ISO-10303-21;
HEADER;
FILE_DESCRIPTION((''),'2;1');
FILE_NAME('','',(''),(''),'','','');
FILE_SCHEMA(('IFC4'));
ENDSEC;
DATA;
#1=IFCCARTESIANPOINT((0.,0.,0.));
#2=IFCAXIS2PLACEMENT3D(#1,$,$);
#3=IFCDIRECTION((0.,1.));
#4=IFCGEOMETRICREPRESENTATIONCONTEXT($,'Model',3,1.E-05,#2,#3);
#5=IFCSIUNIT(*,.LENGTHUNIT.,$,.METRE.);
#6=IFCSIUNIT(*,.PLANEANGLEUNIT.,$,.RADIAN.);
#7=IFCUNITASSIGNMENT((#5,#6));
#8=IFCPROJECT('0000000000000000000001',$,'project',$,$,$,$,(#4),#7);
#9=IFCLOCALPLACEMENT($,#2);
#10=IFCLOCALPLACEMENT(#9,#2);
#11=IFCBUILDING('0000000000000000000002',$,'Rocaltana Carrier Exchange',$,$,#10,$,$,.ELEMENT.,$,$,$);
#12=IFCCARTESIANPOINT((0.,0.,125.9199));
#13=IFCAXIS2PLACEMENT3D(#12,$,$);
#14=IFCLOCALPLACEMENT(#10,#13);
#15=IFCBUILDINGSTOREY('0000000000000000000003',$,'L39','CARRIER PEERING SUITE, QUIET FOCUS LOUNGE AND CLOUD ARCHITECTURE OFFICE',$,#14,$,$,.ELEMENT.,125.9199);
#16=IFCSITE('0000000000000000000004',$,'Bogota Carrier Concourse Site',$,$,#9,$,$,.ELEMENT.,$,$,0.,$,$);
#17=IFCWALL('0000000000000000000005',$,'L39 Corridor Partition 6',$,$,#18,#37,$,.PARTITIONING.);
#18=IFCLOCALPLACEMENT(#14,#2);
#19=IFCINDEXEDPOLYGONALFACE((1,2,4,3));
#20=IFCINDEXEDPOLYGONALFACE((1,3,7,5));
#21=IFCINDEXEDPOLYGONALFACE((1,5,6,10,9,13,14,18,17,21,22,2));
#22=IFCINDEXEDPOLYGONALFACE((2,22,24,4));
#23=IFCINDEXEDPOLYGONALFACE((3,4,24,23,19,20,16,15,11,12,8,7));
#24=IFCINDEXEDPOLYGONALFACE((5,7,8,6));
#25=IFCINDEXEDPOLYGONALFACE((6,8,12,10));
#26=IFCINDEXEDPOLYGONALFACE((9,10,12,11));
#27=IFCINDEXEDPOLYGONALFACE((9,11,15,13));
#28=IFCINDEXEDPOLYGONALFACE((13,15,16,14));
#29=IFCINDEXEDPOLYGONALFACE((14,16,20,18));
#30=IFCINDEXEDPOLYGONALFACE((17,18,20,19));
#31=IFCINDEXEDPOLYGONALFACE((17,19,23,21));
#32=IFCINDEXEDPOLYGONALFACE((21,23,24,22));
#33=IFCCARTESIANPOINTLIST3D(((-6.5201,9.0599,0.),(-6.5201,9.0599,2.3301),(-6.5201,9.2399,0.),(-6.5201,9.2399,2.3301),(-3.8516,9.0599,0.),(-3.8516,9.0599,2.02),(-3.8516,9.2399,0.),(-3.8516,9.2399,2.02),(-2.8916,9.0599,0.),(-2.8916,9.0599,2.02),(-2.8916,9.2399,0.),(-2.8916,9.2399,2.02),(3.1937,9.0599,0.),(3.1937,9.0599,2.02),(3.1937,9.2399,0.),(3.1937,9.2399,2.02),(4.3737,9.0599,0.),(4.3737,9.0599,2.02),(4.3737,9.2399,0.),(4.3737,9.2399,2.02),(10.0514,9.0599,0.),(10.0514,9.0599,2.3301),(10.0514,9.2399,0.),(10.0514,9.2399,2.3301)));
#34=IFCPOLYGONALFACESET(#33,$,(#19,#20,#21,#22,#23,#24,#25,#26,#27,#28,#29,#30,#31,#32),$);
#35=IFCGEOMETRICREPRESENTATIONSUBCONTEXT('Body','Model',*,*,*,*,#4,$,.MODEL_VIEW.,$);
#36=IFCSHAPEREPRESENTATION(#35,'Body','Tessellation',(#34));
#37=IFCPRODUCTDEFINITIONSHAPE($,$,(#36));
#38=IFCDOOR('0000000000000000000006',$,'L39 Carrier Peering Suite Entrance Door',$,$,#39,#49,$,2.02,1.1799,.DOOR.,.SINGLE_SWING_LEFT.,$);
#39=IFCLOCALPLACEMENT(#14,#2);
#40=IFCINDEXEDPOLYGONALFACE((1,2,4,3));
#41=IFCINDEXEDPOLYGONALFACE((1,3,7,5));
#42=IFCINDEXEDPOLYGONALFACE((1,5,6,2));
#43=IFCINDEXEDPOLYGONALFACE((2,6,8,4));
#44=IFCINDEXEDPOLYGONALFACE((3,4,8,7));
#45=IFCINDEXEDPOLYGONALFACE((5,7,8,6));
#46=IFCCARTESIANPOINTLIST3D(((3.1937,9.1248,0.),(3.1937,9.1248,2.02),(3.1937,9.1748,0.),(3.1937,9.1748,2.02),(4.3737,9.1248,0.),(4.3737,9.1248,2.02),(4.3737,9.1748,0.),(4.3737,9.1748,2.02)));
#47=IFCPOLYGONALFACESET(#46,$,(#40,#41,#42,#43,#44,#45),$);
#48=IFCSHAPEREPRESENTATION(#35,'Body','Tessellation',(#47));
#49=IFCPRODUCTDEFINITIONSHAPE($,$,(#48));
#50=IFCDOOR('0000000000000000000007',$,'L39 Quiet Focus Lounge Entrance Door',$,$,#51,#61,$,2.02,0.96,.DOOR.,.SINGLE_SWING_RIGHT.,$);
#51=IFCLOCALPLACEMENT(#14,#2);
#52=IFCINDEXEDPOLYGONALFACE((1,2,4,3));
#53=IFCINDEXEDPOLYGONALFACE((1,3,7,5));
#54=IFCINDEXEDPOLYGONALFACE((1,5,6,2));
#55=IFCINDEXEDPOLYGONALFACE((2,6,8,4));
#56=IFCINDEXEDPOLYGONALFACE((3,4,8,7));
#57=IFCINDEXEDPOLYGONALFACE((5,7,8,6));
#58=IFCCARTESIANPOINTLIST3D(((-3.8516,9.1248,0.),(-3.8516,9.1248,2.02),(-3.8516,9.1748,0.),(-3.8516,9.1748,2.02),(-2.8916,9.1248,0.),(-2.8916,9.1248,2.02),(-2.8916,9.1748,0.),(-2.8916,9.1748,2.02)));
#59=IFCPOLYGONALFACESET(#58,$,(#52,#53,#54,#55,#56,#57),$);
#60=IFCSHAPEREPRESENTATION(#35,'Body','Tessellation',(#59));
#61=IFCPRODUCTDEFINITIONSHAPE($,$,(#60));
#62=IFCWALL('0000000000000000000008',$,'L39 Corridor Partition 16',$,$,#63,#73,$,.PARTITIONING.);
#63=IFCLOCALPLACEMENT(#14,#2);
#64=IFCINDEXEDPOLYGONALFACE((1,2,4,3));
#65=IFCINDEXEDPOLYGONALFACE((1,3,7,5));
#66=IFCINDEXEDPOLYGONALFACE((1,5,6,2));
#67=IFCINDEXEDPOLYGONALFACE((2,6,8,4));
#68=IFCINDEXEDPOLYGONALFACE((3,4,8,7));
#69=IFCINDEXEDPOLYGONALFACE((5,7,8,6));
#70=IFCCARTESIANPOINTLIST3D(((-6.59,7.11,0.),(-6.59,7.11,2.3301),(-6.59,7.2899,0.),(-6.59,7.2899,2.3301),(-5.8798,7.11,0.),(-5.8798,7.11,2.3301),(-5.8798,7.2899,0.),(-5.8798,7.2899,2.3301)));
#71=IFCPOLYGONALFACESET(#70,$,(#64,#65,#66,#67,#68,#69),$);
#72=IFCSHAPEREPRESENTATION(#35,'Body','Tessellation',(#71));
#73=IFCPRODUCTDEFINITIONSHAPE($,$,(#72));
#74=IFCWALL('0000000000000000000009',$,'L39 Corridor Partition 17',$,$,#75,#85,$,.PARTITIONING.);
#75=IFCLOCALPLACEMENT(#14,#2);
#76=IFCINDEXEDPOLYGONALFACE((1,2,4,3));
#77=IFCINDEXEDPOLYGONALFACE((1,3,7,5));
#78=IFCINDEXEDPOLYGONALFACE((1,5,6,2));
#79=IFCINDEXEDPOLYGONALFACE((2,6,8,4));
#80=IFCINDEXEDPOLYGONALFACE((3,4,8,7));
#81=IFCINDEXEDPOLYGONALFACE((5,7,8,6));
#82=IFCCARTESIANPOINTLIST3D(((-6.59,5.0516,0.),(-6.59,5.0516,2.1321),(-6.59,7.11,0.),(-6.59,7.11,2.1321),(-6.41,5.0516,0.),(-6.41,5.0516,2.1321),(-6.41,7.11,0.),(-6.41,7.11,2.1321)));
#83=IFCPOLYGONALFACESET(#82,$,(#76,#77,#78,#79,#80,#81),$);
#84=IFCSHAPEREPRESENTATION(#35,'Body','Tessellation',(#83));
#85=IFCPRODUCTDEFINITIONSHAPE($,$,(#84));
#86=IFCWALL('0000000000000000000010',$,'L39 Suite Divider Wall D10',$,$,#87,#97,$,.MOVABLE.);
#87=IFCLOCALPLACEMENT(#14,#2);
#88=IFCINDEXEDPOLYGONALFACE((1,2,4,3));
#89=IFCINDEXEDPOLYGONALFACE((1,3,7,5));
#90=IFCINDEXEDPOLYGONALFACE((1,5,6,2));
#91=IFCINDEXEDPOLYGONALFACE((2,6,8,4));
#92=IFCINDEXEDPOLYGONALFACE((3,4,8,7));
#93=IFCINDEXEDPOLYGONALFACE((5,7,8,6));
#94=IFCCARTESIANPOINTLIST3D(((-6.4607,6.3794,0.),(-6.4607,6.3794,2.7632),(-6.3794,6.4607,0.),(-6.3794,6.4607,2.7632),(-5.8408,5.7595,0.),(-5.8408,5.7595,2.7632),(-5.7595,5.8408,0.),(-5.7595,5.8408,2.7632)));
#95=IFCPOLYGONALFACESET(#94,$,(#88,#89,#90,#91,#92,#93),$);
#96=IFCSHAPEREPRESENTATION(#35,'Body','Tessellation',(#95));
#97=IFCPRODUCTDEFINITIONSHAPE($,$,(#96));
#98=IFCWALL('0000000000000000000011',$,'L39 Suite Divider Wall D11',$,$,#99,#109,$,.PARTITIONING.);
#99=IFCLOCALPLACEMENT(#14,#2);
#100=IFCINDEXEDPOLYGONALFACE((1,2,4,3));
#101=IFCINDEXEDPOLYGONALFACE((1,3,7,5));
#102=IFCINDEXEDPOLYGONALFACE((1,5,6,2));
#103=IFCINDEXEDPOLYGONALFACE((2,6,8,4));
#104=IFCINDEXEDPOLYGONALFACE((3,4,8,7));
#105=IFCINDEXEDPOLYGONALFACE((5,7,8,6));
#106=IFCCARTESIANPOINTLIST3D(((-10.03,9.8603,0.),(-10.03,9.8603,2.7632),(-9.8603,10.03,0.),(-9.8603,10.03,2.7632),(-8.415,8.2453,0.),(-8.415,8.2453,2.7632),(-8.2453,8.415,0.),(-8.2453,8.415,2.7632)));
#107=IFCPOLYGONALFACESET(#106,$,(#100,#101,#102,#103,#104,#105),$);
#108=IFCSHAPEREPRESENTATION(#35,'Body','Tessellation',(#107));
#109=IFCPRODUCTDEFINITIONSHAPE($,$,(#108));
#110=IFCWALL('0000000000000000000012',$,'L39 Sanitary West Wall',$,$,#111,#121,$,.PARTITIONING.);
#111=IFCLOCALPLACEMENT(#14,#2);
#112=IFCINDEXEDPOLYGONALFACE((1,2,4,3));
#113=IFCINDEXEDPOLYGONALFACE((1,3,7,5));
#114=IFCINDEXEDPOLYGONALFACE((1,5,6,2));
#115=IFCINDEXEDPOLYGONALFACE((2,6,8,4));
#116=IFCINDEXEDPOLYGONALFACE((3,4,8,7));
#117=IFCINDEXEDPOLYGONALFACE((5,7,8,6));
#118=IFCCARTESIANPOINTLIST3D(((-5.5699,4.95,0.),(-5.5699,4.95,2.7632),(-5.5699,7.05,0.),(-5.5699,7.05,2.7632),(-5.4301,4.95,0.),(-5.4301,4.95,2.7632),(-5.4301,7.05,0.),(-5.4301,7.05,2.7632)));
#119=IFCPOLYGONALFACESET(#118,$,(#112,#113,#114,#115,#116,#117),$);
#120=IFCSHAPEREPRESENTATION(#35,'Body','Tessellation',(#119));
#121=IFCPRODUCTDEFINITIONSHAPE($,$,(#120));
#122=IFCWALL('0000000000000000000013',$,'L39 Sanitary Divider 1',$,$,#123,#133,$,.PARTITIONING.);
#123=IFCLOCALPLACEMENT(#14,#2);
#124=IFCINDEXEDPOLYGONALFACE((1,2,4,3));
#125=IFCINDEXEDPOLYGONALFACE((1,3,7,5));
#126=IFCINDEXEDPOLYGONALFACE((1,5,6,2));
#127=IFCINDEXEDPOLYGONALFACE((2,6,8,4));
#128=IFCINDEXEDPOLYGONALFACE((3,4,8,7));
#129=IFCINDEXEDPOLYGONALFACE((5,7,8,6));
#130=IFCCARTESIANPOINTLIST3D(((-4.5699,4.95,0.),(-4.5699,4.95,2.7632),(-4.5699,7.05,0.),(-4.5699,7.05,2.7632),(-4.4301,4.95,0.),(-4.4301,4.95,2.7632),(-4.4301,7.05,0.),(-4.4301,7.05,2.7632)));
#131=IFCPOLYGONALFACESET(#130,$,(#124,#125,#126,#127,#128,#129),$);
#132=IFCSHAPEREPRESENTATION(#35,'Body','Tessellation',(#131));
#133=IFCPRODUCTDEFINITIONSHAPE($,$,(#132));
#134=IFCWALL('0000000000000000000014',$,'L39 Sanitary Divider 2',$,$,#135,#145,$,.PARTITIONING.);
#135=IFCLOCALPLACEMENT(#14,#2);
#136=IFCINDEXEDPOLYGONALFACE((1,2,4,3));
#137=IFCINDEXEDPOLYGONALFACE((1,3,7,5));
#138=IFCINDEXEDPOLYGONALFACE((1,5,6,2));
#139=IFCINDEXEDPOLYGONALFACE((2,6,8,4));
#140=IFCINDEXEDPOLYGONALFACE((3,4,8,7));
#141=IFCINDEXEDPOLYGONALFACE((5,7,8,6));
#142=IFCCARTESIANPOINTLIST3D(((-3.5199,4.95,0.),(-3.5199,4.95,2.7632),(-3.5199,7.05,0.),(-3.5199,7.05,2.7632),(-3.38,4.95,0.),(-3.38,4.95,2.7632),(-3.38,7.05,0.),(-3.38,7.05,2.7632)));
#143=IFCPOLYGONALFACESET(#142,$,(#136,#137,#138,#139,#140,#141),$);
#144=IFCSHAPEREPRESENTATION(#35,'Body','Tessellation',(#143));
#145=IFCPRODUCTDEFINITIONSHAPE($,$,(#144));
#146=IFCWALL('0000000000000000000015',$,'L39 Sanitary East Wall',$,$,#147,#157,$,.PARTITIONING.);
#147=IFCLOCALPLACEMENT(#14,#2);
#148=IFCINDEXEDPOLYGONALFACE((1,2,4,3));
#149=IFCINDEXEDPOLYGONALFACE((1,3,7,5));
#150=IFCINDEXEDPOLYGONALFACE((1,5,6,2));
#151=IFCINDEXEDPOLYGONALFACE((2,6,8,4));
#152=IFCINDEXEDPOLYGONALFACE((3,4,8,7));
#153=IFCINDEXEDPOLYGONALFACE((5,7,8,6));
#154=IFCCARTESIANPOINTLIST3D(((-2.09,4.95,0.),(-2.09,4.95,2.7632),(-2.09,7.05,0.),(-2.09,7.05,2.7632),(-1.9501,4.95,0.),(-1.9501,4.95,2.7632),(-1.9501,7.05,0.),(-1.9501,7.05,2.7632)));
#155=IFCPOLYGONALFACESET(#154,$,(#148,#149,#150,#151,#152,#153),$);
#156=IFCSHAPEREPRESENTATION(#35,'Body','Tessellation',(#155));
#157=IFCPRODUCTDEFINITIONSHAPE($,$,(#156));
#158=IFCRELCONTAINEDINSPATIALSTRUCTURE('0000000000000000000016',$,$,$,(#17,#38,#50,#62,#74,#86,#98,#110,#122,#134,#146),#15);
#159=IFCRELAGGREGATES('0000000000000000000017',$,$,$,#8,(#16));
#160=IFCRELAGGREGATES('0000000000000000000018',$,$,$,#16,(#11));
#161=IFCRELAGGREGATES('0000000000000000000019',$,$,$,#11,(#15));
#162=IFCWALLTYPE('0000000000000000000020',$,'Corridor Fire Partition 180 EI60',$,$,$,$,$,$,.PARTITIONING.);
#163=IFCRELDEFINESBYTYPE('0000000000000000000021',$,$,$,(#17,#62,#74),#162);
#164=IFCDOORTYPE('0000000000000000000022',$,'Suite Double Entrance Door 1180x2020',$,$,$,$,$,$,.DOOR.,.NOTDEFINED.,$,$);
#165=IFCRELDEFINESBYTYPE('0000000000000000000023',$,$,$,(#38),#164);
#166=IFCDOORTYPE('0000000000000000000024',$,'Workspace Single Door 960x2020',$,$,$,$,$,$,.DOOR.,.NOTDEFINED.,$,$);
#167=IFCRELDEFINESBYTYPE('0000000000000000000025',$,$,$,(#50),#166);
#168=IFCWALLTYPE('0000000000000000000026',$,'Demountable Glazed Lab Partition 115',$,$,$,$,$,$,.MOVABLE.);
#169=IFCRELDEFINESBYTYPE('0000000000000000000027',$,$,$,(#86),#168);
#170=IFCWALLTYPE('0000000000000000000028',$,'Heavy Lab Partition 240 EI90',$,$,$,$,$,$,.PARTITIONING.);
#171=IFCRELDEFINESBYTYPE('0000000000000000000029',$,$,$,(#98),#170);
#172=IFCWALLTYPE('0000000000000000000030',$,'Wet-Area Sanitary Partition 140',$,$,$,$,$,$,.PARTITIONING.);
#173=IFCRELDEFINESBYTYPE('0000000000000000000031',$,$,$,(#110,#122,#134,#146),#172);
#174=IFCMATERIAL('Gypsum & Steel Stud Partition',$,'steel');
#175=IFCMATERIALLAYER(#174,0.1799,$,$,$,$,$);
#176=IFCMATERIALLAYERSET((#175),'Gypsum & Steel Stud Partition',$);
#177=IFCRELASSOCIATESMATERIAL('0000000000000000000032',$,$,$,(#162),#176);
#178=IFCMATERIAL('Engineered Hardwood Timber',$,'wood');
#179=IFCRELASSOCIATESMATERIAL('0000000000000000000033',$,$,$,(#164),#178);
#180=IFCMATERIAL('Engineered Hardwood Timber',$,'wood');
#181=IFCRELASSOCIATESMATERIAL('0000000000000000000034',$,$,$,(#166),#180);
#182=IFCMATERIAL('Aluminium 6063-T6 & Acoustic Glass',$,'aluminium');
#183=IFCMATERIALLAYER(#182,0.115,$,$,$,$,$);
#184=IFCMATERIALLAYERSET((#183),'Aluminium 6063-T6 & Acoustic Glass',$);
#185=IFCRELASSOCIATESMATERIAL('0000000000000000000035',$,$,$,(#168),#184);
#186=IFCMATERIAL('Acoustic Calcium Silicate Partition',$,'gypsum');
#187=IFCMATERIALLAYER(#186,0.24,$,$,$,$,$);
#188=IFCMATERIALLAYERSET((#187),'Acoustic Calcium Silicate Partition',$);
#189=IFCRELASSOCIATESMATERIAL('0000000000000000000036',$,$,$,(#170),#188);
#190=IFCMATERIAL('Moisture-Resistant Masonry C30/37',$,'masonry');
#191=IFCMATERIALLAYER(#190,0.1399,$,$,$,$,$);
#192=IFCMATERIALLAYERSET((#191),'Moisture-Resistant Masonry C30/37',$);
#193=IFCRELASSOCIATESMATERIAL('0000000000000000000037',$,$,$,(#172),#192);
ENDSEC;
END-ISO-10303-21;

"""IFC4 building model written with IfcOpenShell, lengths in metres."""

from ifc_helpers import new_model, si_unit, direction, frame, frame_2d, origin, place, context, subcontext, project, spatial, rectangle, extrude, material, layer, layer_set, type_object, element, fill, save


model = new_model("IFC4")

# Units and contexts
model_context = context("Model", 3, precision=1e-05, world=origin(), true_north=direction((0.0, 1.0)))
body_context = subcontext(model_context, "Body", "Model", "MODEL_VIEW")
ifc_project = project(units=[si_unit("LENGTHUNIT", "METRE"), si_unit("PLANEANGLEUNIT", "RADIAN")], contexts=[model_context])

# Site, building, storey
site_placement = place(None, origin())
site = spatial("IfcSite", under=ifc_project, at=site_placement, Name="Bogota Carrier Concourse Site", CompositionType="ELEMENT", RefElevation=0.0)
building_placement = place(site_placement, origin())
building = spatial("IfcBuilding", under=site, at=building_placement, Name="Rocaltana Carrier Exchange", CompositionType="ELEMENT")
storey_placement = place(building_placement, frame((0.0, 0.0, 125.9199)))
storey = spatial("IfcBuildingStorey", under=building, at=storey_placement, Name="L39", Description="CARRIER PEERING SUITE, QUIET FOCUS LOUNGE AND CLOUD ARCHITECTURE OFFICE", CompositionType="ELEMENT", Elevation=125.9199)

# Shared definitions
ifc_material_1 = material(Name="Gypsum & Steel Stud Partition", Category="steel")
ifc_layer_1 = layer(ifc_material_1, 0.1799)
ifc_layer_set_1 = layer_set([ifc_layer_1], Name="Gypsum & Steel Stud Partition")
wall_type_1 = type_object("IfcWallType", Name="Corridor Fire Partition 180 EI60", PredefinedType="PARTITIONING", material=ifc_layer_set_1)

# Wall, openings, doors
wall_1_placement = place(storey_placement, frame((-6.52, 9.1499, 0.0), z_axis=(0.0, 0.0, 1.0), x_axis=(1.0, 0.0, 0.0)))
wall_1 = element("IfcWall", 1, at=wall_1_placement, inside=storey, type_object=wall_type_1, Name="L39 Corridor Partition 6", PredefinedType="PARTITIONING", context=body_context, shape_type="SweptSolid", body=[
    extrude(rectangle(XDim=16.5715, YDim=0.1799, at=frame_2d((8.2856, 0.0))), origin(), (0.0, 0.0, 1.0), 2.3301),
])
opening_1_placement = place(wall_1_placement, frame((9.7139, 0.0, 0.0)))
opening_1 = element("IfcOpeningElement", 2, at=opening_1_placement, cuts=wall_1, PredefinedType="OPENING", context=body_context, shape_type="SweptSolid", body=[
    extrude(rectangle(XDim=1.1799, YDim=2.02, at=frame_2d((0.5898, 1.01))), frame((0.0, 0.0999, 0.0), z_axis=(0.0, -1.0, 0.0), x_axis=(1.0, 0.0, 0.0)), (0.0, 0.0, 1.0), 0.2),
])
opening_2_placement = place(wall_1_placement, frame((2.6685, 0.0, 0.0)))
opening_2 = element("IfcOpeningElement", 3, at=opening_2_placement, cuts=wall_1, PredefinedType="OPENING", context=body_context, shape_type="SweptSolid", body=[
    extrude(rectangle(XDim=0.96, YDim=2.02, at=frame_2d((0.48, 1.01))), frame((0.0, 0.0999, 0.0), z_axis=(0.0, -1.0, 0.0), x_axis=(1.0, 0.0, 0.0)), (0.0, 0.0, 1.0), 0.2),
])
ifc_material_2 = material(Name="Engineered Hardwood Timber", Category="wood")
door_type_1 = type_object("IfcDoorType", Name="Suite Double Entrance Door 1180x2020", OperationType="NOTDEFINED", PredefinedType="DOOR", material=ifc_material_2)
door_1_placement = place(opening_1_placement, origin())
door_1 = element("IfcDoor", 4, at=door_1_placement, inside=storey, type_object=door_type_1, Name="L39 Carrier Peering Suite Entrance Door", OperationType="SINGLE_SWING_LEFT", OverallHeight=2.02, OverallWidth=1.1799, PredefinedType="DOOR", context=body_context, shape_type="SweptSolid", body=[
    extrude(rectangle(XDim=1.1799, YDim=2.02, at=frame_2d((0.5898, 1.01))), frame((0.0, 0.0249, 0.0), z_axis=(0.0, -1.0, 0.0), x_axis=(1.0, 0.0, 0.0)), (0.0, 0.0, 1.0), 0.05),
])
fill(opening_1, door_1)
ifc_material_3 = material(Name="Engineered Hardwood Timber", Category="wood")
door_type_2 = type_object("IfcDoorType", Name="Workspace Single Door 960x2020", OperationType="NOTDEFINED", PredefinedType="DOOR", material=ifc_material_3)
door_2_placement = place(opening_2_placement, origin())
door_2 = element("IfcDoor", 5, at=door_2_placement, inside=storey, type_object=door_type_2, Name="L39 Quiet Focus Lounge Entrance Door", OperationType="SINGLE_SWING_RIGHT", OverallHeight=2.02, OverallWidth=0.96, PredefinedType="DOOR", context=body_context, shape_type="SweptSolid", body=[
    extrude(rectangle(XDim=0.96, YDim=2.02, at=frame_2d((0.48, 1.01))), frame((0.0, 0.0249, 0.0), z_axis=(0.0, -1.0, 0.0), x_axis=(1.0, 0.0, 0.0)), (0.0, 0.0, 1.0), 0.05),
])
fill(opening_2, door_2)

# Walls
wall_2_placement = place(storey_placement, frame((-5.8799, 7.2, 0.0), z_axis=(0.0, 0.0, 1.0), x_axis=(-1.0, 0.0, 0.0)))
element("IfcWall", 6, at=wall_2_placement, inside=storey, type_object=wall_type_1, Name="L39 Corridor Partition 16", PredefinedType="PARTITIONING", context=body_context, shape_type="SweptSolid", body=[
    extrude(rectangle(XDim=0.7102, YDim=0.1799, at=frame_2d((0.355, 0.0))), origin(), (0.0, 0.0, 1.0), 2.3301),
])
wall_3_placement = place(storey_placement, frame((-6.5, 7.1101, 0.0), z_axis=(0.0, 0.0, 1.0), x_axis=(0.0, -1.0, 0.0)))
element("IfcWall", 7, at=wall_3_placement, inside=storey, type_object=wall_type_1, Name="L39 Corridor Partition 17", PredefinedType="PARTITIONING", context=body_context, shape_type="SweptSolid", body=[
    extrude(rectangle(XDim=2.0583, YDim=0.1799, at=frame_2d((1.0293, 0.0))), origin(), (0.0, 0.0, 1.0), 2.1321),
])
ifc_material_4 = material(Name="Aluminium 6063-T6 & Acoustic Glass", Category="aluminium")
ifc_layer_2 = layer(ifc_material_4, 0.115)
ifc_layer_set_2 = layer_set([ifc_layer_2], Name="Aluminium 6063-T6 & Acoustic Glass")
wall_type_2 = type_object("IfcWallType", Name="Demountable Glazed Lab Partition 115", PredefinedType="MOVABLE", material=ifc_layer_set_2)
wall_4_placement = place(storey_placement, frame((-5.8, 5.8, 0.0), z_axis=(0.0, 0.0, 1.0), x_axis=(-0.707107, 0.707107, 0.0)))
element("IfcWall", 8, at=wall_4_placement, inside=storey, type_object=wall_type_2, Name="L39 Suite Divider Wall D10", PredefinedType="MOVABLE", context=body_context, shape_type="SweptSolid", body=[
    extrude(rectangle(XDim=0.8767, YDim=0.115, at=frame_2d((0.4385, 0.0))), origin(), (0.0, 0.0, 1.0), 2.7632),
])
ifc_material_5 = material(Name="Acoustic Calcium Silicate Partition", Category="gypsum")
ifc_layer_3 = layer(ifc_material_5, 0.24)
ifc_layer_set_3 = layer_set([ifc_layer_3], Name="Acoustic Calcium Silicate Partition")
wall_type_3 = type_object("IfcWallType", Name="Heavy Lab Partition 240 EI90", PredefinedType="PARTITIONING", material=ifc_layer_set_3)
wall_5_placement = place(storey_placement, frame((-8.3301, 8.3301, 0.0), z_axis=(0.0, 0.0, 1.0), x_axis=(-0.707107, 0.707107, 0.0)))
element("IfcWall", 9, at=wall_5_placement, inside=storey, type_object=wall_type_3, Name="L39 Suite Divider Wall D11", PredefinedType="PARTITIONING", context=body_context, shape_type="SweptSolid", body=[
    extrude(rectangle(XDim=2.2839, YDim=0.24, at=frame_2d((1.1421, 0.0))), origin(), (0.0, 0.0, 1.0), 2.7632),
])
ifc_material_6 = material(Name="Moisture-Resistant Masonry C30/37", Category="masonry")
ifc_layer_4 = layer(ifc_material_6, 0.1399)
ifc_layer_set_4 = layer_set([ifc_layer_4], Name="Moisture-Resistant Masonry C30/37")
wall_type_4 = type_object("IfcWallType", Name="Wet-Area Sanitary Partition 140", PredefinedType="PARTITIONING", material=ifc_layer_set_4)
for number, where, z_axis, x_axis, name in (
    (10, (-5.5, 4.95, 0.0), (0.0, 0.0, 1.0), (0.0, 1.0, 0.0), "L39 Sanitary West Wall"),
    (11, (-4.5, 4.95, 0.0), (0.0, 0.0, 1.0), (0.0, 1.0, 0.0), "L39 Sanitary Divider 1"),
    (12, (-3.45, 4.95, 0.0), (0.0, 0.0, 1.0), (0.0, 1.0, 0.0), "L39 Sanitary Divider 2"),
    (13, (-2.02, 4.95, 0.0), (0.0, 0.0, 1.0), (0.0, 1.0, 0.0), "L39 Sanitary East Wall"),
):
    element("IfcWall", number, at=place(storey_placement, frame(where, z_axis=z_axis, x_axis=x_axis)), inside=storey, type_object=wall_type_4, Name=name, PredefinedType="PARTITIONING", context=body_context, shape_type="SweptSolid", body=[
        extrude(rectangle(XDim=2.1001, YDim=0.1399, at=frame_2d((1.05, 0.0))), origin(), (0.0, 0.0, 1.0), 2.7632),
    ])

save(model, "model.ifc")
